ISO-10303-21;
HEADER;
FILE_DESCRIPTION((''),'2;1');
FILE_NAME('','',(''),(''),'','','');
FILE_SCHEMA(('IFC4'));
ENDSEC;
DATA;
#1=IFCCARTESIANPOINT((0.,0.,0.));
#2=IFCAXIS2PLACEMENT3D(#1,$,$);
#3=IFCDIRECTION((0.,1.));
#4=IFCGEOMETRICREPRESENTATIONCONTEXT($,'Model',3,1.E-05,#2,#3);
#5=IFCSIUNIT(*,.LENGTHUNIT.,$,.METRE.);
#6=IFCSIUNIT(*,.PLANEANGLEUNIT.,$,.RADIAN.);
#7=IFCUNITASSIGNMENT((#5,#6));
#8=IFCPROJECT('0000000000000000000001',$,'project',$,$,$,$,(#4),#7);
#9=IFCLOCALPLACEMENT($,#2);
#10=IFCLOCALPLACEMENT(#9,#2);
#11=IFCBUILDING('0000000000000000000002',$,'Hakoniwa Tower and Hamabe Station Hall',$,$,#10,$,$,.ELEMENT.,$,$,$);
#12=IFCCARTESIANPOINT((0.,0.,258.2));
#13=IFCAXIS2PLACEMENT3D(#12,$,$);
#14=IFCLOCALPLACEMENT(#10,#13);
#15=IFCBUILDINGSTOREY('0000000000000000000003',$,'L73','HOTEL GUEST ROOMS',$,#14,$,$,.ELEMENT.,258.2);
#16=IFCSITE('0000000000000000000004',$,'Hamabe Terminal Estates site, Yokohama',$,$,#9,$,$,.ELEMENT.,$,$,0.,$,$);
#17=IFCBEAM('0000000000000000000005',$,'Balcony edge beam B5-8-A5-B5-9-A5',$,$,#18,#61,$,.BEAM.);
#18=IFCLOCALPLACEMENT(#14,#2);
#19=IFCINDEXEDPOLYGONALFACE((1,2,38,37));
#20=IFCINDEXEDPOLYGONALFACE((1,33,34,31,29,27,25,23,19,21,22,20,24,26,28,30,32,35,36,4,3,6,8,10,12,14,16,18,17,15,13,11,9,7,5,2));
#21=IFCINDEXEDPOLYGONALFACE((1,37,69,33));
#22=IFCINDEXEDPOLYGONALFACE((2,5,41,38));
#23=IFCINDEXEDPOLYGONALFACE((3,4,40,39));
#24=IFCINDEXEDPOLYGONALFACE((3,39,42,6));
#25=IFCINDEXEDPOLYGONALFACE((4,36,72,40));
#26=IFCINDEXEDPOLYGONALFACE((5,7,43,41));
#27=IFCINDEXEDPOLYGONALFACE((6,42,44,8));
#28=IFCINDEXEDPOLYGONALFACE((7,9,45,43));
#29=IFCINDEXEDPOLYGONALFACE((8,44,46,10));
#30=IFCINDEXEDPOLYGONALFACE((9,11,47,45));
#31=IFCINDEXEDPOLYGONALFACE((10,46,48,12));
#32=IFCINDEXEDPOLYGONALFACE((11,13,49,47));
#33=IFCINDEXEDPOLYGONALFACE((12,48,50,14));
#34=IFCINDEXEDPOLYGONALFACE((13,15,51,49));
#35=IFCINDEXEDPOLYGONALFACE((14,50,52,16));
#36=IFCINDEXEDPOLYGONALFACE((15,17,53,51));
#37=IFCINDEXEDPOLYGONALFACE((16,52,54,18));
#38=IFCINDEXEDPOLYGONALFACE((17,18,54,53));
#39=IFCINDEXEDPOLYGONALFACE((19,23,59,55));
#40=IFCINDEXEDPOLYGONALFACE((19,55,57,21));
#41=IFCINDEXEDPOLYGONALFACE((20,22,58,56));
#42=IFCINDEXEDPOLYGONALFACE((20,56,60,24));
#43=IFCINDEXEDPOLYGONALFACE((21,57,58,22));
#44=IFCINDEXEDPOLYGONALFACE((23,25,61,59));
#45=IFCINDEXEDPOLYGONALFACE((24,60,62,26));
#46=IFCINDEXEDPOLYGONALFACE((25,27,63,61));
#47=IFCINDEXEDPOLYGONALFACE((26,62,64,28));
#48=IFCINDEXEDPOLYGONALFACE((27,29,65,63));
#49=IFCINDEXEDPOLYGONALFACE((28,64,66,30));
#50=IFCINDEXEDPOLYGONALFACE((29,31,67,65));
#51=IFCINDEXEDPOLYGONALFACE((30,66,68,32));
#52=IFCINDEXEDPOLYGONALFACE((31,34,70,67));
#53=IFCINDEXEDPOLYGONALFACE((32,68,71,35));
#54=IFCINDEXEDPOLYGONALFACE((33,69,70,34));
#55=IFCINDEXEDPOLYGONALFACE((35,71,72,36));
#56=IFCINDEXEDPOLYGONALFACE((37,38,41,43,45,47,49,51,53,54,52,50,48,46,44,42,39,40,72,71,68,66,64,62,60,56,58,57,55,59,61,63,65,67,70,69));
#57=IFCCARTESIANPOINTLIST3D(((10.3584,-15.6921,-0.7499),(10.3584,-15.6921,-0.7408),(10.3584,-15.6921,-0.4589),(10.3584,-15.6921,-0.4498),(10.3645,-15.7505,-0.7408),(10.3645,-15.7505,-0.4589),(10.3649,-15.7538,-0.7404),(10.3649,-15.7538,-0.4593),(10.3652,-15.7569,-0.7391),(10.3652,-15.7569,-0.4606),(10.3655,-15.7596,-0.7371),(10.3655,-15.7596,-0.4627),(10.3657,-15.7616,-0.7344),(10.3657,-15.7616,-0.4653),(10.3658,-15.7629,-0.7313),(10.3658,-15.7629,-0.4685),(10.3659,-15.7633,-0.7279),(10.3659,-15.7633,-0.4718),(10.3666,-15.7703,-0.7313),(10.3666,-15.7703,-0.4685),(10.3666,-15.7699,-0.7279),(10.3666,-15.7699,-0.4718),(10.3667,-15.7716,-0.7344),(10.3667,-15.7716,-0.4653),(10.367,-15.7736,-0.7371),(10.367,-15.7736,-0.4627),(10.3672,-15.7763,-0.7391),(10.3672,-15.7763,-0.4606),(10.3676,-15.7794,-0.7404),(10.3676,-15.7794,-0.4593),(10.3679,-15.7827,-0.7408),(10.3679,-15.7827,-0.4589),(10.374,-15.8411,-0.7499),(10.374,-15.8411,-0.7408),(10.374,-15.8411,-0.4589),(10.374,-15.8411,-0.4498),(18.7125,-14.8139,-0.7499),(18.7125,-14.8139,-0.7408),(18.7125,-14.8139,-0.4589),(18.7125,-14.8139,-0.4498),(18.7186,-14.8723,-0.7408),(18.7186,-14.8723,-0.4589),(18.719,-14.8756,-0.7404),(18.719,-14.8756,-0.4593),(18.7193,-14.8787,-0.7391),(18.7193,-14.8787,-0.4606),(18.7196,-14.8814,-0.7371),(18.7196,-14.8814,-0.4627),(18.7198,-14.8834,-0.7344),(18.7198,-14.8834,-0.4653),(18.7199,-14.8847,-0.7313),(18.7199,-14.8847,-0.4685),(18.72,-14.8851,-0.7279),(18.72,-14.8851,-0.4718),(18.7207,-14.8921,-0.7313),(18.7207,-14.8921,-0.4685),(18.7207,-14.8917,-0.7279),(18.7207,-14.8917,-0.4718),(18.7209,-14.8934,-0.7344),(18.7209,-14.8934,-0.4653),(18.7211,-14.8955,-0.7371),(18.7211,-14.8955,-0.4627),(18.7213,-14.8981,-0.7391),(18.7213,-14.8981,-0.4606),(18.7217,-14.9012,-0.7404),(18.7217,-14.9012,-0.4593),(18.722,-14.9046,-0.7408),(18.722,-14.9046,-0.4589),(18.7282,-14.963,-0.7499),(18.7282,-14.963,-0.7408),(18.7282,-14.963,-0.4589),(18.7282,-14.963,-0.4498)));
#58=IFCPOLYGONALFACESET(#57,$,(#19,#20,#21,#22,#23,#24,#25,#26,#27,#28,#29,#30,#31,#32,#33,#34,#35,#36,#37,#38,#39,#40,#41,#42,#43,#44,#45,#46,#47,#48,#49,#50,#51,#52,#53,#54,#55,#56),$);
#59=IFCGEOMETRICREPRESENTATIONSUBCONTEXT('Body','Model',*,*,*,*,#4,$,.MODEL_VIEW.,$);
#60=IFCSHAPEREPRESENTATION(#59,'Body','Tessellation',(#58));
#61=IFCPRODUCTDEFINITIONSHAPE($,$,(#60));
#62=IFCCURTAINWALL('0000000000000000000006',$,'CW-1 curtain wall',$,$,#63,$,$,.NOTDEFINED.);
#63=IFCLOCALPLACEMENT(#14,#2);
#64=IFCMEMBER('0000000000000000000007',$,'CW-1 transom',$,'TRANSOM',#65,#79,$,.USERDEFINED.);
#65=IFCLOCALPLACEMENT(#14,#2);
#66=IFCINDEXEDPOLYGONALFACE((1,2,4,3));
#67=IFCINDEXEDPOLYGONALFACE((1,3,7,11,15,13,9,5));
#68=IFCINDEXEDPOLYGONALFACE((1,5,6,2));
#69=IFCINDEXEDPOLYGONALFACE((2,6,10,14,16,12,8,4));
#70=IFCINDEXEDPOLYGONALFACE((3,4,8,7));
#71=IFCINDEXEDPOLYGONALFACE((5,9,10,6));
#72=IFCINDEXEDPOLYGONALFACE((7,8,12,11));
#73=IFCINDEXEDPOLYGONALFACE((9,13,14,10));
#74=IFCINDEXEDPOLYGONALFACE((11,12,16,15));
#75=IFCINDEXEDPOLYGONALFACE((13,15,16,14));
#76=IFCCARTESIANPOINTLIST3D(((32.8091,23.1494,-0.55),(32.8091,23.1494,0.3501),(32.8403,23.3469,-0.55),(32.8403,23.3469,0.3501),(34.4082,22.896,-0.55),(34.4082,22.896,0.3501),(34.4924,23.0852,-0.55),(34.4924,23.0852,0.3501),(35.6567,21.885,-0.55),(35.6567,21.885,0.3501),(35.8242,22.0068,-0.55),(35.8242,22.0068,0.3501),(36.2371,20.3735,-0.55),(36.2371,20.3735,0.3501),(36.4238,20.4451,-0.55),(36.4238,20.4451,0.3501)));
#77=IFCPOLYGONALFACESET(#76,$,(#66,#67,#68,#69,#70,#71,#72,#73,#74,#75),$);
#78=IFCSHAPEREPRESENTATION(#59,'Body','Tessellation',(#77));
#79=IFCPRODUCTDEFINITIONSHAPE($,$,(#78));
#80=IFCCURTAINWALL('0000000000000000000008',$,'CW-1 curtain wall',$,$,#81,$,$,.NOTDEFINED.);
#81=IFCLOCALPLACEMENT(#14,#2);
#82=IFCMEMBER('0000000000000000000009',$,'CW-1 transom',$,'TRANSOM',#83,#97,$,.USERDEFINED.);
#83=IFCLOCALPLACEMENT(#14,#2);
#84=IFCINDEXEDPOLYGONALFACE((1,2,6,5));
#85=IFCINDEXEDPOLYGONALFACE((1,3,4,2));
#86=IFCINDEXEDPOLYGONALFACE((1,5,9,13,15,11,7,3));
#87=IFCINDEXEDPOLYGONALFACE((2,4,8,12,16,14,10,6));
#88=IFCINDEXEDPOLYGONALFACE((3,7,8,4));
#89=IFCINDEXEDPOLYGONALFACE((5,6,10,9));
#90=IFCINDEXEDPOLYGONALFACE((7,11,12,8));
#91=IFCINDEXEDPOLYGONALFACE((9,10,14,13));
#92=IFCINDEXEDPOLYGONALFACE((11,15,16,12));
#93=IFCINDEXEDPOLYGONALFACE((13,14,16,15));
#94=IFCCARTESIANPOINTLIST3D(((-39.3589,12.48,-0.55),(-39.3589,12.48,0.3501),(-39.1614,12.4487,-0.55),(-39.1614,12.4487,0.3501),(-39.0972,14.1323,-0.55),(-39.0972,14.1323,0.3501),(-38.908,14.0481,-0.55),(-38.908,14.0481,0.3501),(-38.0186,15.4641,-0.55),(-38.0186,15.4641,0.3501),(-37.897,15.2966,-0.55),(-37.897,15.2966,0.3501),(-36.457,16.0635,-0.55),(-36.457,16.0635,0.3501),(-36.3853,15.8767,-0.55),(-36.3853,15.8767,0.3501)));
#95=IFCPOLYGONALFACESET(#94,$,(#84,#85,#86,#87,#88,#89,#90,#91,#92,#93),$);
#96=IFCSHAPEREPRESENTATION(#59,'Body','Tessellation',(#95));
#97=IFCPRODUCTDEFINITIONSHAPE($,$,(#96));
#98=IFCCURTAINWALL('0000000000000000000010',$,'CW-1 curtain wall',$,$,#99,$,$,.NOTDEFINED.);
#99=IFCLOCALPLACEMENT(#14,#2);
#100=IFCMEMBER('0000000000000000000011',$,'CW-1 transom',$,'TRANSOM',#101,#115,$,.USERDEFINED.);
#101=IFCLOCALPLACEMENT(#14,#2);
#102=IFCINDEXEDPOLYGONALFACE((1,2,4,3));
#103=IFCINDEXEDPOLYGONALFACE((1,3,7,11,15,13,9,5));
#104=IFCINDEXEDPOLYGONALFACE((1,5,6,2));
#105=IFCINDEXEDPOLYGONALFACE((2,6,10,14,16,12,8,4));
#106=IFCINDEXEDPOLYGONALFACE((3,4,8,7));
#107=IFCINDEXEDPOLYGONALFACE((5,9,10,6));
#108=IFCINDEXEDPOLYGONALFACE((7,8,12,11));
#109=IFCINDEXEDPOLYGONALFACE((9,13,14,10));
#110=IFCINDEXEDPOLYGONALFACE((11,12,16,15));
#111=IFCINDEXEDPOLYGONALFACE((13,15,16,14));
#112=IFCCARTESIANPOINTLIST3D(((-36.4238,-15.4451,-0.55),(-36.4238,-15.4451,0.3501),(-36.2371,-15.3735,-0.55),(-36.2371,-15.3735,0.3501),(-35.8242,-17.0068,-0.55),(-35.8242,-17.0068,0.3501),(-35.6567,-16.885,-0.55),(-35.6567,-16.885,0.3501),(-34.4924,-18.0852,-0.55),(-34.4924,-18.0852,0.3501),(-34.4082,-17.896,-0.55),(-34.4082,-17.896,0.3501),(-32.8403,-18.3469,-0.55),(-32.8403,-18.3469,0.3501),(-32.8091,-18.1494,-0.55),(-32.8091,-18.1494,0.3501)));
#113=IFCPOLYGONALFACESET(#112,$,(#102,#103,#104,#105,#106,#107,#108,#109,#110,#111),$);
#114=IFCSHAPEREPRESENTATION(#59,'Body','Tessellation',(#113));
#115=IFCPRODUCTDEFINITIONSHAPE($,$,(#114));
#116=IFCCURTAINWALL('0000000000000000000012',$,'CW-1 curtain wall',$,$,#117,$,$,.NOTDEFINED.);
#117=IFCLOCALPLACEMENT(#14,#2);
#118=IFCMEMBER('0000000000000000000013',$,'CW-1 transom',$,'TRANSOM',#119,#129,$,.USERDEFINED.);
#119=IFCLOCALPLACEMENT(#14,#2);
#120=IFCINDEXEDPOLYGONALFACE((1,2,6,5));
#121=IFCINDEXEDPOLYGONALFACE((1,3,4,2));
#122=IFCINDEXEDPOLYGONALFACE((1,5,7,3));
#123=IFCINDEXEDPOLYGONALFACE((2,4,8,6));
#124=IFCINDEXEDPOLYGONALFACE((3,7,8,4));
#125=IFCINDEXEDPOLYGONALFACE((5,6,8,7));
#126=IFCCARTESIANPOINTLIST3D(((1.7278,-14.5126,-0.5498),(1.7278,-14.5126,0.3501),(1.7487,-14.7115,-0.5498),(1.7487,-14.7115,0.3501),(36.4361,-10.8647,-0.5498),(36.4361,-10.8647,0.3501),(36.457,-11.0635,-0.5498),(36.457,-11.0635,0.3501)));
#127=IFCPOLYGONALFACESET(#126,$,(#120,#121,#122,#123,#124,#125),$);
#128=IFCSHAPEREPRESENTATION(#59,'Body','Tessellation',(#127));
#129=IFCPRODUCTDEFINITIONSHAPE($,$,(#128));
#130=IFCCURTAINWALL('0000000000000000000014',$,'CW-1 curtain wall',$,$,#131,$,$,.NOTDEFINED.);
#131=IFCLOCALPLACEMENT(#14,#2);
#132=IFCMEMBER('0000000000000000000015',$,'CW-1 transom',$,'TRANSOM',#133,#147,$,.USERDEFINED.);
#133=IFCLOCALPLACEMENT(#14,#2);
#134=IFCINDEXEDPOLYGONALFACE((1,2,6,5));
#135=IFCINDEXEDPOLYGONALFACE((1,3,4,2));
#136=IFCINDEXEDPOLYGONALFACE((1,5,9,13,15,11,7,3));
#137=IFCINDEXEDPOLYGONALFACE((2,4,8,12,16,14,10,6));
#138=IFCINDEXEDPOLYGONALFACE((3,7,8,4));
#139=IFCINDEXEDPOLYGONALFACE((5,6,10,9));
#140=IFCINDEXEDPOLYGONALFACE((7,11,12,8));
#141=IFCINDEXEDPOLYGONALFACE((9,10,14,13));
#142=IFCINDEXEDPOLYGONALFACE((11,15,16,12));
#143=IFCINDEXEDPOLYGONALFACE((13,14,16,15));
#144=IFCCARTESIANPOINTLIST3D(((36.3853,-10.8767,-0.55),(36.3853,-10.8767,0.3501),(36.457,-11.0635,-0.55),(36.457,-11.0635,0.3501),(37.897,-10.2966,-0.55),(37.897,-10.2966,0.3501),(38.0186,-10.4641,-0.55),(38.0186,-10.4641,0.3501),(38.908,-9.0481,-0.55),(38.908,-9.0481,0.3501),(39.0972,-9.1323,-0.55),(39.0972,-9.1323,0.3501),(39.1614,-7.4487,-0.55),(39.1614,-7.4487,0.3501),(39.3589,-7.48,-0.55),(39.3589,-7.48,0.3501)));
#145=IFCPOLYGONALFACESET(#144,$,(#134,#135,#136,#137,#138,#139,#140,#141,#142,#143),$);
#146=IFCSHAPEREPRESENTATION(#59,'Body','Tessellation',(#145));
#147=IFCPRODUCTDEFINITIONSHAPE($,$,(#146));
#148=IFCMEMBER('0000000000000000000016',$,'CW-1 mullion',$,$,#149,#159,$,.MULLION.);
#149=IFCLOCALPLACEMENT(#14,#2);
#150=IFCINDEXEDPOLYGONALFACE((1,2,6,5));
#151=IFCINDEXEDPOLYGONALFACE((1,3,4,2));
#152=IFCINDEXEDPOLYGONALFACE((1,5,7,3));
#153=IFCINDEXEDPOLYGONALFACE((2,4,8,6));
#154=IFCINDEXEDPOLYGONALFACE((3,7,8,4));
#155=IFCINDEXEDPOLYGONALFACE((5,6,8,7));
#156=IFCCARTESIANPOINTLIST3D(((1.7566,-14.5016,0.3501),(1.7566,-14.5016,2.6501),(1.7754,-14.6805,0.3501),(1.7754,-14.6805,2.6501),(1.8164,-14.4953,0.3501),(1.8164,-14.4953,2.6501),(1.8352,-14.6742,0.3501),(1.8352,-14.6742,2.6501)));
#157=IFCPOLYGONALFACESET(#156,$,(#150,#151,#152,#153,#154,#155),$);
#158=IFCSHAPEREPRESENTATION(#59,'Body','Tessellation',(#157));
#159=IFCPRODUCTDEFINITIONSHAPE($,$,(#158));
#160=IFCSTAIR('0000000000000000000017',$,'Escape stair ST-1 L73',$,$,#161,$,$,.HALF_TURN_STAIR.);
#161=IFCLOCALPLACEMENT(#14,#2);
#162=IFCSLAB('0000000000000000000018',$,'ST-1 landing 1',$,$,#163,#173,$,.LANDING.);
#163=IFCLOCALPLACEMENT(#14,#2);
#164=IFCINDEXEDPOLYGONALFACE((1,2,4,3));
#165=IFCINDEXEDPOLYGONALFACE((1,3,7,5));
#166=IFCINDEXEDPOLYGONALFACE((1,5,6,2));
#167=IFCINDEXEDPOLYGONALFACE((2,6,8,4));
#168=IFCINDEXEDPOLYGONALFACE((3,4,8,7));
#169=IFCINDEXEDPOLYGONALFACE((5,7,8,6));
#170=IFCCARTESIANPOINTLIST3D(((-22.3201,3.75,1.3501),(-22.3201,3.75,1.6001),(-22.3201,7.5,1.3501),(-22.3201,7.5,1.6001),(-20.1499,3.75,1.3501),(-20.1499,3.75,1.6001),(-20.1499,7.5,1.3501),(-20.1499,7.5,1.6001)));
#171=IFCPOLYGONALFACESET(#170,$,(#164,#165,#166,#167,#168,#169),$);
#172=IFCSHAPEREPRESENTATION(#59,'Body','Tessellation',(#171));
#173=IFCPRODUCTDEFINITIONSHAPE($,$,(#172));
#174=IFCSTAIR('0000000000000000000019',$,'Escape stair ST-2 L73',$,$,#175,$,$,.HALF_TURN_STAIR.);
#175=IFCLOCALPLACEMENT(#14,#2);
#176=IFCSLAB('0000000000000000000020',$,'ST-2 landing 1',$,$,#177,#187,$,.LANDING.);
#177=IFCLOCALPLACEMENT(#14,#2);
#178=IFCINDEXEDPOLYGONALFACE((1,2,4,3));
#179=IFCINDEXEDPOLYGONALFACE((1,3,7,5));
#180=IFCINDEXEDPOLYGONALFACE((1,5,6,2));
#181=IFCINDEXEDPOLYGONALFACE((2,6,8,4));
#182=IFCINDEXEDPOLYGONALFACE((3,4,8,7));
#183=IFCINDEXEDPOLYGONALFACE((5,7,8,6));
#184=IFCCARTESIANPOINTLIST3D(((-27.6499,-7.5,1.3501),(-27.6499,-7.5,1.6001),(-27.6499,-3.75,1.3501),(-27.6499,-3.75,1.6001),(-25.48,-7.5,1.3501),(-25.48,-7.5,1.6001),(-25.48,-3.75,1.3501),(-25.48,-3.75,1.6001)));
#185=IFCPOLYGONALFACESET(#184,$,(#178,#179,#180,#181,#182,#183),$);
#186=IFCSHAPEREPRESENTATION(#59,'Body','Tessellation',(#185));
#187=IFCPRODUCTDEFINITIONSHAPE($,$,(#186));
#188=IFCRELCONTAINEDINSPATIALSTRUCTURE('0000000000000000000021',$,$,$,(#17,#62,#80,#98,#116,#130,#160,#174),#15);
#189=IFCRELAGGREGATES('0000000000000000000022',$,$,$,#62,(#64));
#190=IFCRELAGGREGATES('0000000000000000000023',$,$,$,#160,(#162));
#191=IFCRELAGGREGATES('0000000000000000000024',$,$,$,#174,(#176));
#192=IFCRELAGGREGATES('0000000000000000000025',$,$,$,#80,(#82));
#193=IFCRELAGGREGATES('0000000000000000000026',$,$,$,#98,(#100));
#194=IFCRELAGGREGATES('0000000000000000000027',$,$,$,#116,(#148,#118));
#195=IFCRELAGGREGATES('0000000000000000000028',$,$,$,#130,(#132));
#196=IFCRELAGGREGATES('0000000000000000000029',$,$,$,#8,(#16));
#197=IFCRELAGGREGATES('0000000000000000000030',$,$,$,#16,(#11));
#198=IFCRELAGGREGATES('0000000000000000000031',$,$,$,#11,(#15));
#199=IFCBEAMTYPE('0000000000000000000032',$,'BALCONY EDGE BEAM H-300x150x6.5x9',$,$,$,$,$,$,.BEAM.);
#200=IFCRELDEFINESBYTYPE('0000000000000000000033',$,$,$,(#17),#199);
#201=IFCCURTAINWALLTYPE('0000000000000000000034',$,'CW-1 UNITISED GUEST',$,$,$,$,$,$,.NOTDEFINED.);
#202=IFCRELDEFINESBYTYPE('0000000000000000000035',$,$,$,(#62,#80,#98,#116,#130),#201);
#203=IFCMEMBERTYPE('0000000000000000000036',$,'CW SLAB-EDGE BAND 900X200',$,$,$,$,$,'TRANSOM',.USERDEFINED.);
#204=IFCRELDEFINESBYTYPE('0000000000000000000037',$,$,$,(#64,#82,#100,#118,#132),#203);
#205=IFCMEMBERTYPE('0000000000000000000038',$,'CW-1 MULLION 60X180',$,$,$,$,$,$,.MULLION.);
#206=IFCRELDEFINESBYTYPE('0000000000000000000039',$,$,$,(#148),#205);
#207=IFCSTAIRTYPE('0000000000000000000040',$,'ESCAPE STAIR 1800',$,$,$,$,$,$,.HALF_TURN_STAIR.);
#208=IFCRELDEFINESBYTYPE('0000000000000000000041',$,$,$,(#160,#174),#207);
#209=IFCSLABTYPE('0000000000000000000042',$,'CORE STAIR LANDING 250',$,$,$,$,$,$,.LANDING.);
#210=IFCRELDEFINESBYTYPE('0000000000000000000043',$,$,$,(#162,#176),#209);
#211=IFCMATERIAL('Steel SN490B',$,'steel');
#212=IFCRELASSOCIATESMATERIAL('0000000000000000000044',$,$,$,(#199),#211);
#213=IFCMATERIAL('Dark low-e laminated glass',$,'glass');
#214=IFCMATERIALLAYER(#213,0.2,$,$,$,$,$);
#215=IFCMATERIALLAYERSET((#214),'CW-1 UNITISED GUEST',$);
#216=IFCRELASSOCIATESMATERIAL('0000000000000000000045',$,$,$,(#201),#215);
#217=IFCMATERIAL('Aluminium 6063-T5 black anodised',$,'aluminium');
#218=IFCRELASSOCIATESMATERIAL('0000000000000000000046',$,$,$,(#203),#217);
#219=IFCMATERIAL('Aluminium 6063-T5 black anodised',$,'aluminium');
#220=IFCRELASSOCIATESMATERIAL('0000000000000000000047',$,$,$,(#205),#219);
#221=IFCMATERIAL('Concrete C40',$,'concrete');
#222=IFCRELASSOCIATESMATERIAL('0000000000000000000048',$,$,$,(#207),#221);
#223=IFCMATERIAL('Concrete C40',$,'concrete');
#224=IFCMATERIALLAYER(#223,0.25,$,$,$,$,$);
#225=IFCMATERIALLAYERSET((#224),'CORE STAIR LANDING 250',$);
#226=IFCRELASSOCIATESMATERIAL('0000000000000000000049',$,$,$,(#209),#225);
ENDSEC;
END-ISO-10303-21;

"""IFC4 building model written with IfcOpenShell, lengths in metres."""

from ifc_helpers import new_model, si_unit, direction, frame, origin, origin_2d, place, context, subcontext, project, spatial, polyline, rectangle, i_section, outline, extrude, material, layer, layer_set, material_profile, profile_set, type_object, element, aggregate, save


model = new_model("IFC4")

# Units and contexts
model_context = context("Model", 3, precision=1e-05, world=origin(), true_north=direction((0.0, 1.0)))
body_context = subcontext(model_context, "Body", "Model", "MODEL_VIEW")
ifc_project = project(units=[si_unit("LENGTHUNIT", "METRE"), si_unit("PLANEANGLEUNIT", "RADIAN")], contexts=[model_context])

# Site, building, storey
site_placement = place(None, origin())
site = spatial("IfcSite", under=ifc_project, at=site_placement, Name="Hamabe Terminal Estates site, Yokohama", CompositionType="ELEMENT", RefElevation=0.0)
building_placement = place(site_placement, origin())
building = spatial("IfcBuilding", under=site, at=building_placement, Name="Hakoniwa Tower and Hamabe Station Hall", CompositionType="ELEMENT")
storey_placement = place(building_placement, frame((0.0, 0.0, 258.2)))
storey = spatial("IfcBuildingStorey", under=building, at=storey_placement, Name="L73", Description="HOTEL GUEST ROOMS", CompositionType="ELEMENT", Elevation=258.2)

# Beam
ifc_material_1 = material(Name="Steel SN490B", Category="steel")
ifc_material_profile_1 = material_profile(ifc_material_1, i_section(OverallWidth=0.1499, OverallDepth=0.3, WebThickness=0.0066, FlangeThickness=0.009, FilletRadius=0.0129, at=origin_2d()), Name="H-300x150x6.5x9")
ifc_profile_set_1 = profile_set([ifc_material_profile_1], Name="Steel SN490B")
beam_type_1 = type_object("IfcBeamType", Name="BALCONY EDGE BEAM H-300x150x6.5x9", PredefinedType="BEAM", material=ifc_profile_set_1)
beam_1_placement = place(storey_placement, frame((10.3662, -15.7666, -0.5999), z_axis=(0.99452, 0.104544, 0.0), x_axis=(-0.104544, 0.99452, 0.0)))
element("IfcBeam", 1, at=beam_1_placement, inside=storey, type_object=beam_type_1, Name="Balcony edge beam B5-8-A5-B5-9-A5", PredefinedType="BEAM", context=body_context, shape_type="SweptSolid", body=[
    extrude(i_section(OverallWidth=0.1499, OverallDepth=0.3, WebThickness=0.0066, FlangeThickness=0.009, FilletRadius=0.0129, at=origin_2d()), origin(), (0.0, 0.0, 1.0), 8.4001),
])

# Curtain walls, members
ifc_material_2 = material(Name="Dark low-e laminated glass", Category="glass")
ifc_layer_1 = layer(ifc_material_2, 0.2)
ifc_layer_set_1 = layer_set([ifc_layer_1], Name="CW-1 UNITISED GUEST")
curtain_wall_type = type_object("IfcCurtainWallType", Name="CW-1 UNITISED GUEST", PredefinedType="NOTDEFINED", material=ifc_layer_set_1)
curtain_wall_1_placement = place(storey_placement, origin())
curtain_wall_1 = element("IfcCurtainWall", 2, at=curtain_wall_1_placement, inside=storey, type_object=curtain_wall_type, Name="CW-1 curtain wall", PredefinedType="NOTDEFINED")
ifc_material_3 = material(Name="Aluminium 6063-T5 black anodised", Category="aluminium")
ifc_material_profile_2 = material_profile(ifc_material_3, rectangle(XDim=0.2, YDim=0.8999, at=origin_2d()), Name="CW SLAB-EDGE BAND 900X200")
ifc_profile_set_2 = profile_set([ifc_material_profile_2], Name="Aluminium 6063-T5 black anodised")
member_type_1 = type_object("IfcMemberType", Name="CW SLAB-EDGE BAND 900X200", ElementType="TRANSOM", PredefinedType="USERDEFINED", material=ifc_profile_set_2)
member_1_placement = place(storey_placement, frame((0.0, 0.0, -0.55)))
member_1 = element("IfcMember", 3, at=member_1_placement, type_object=member_type_1, Name="CW-1 transom", ObjectType="TRANSOM", PredefinedType="USERDEFINED", context=body_context, shape_type="SweptSolid", body=[
    extrude(outline(polyline([(36.4238, 20.4451), (35.8242, 22.0068), (34.4924, 23.0852), (32.8403, 23.3469), (32.8091, 23.1494), (34.4082, 22.896), (35.6567, 21.885), (36.2371, 20.3735), (36.4238, 20.4451)])), origin(), (0.0, 0.0, 1.0), 0.9001),
])
aggregate(curtain_wall_1, [member_1])
curtain_wall_2_placement = place(storey_placement, origin())
curtain_wall_2 = element("IfcCurtainWall", 4, at=curtain_wall_2_placement, inside=storey, type_object=curtain_wall_type, Name="CW-1 curtain wall", PredefinedType="NOTDEFINED")
member_2_placement = place(storey_placement, frame((0.0, 0.0, -0.55)))
member_2 = element("IfcMember", 5, at=member_2_placement, type_object=member_type_1, Name="CW-1 transom", ObjectType="TRANSOM", PredefinedType="USERDEFINED", context=body_context, shape_type="SweptSolid", body=[
    extrude(outline(polyline([(-36.457, 16.0635), (-38.0186, 15.4641), (-39.0972, 14.1323), (-39.3589, 12.48), (-39.1614, 12.4487), (-38.908, 14.0481), (-37.897, 15.2966), (-36.3853, 15.8767), (-36.457, 16.0635)])), origin(), (0.0, 0.0, 1.0), 0.9001),
])
curtain_wall_3_placement = place(storey_placement, origin())
curtain_wall_3 = element("IfcCurtainWall", 6, at=curtain_wall_3_placement, inside=storey, type_object=curtain_wall_type, Name="CW-1 curtain wall", PredefinedType="NOTDEFINED")
member_3_placement = place(storey_placement, frame((0.0, 0.0, -0.55)))
member_3 = element("IfcMember", 7, at=member_3_placement, type_object=member_type_1, Name="CW-1 transom", ObjectType="TRANSOM", PredefinedType="USERDEFINED", context=body_context, shape_type="SweptSolid", body=[
    extrude(outline(polyline([(-36.4238, -15.4451), (-35.8242, -17.0068), (-34.4924, -18.0852), (-32.8403, -18.3469), (-32.8091, -18.1494), (-34.4082, -17.896), (-35.6567, -16.885), (-36.2371, -15.3735), (-36.4238, -15.4451)])), origin(), (0.0, 0.0, 1.0), 0.9001),
])
curtain_wall_4_placement = place(storey_placement, origin())
curtain_wall_4 = element("IfcCurtainWall", 8, at=curtain_wall_4_placement, inside=storey, type_object=curtain_wall_type, Name="CW-1 curtain wall", PredefinedType="NOTDEFINED")
member_4_placement = place(storey_placement, frame((1.7383, -14.6121, -0.0999), z_axis=(0.994522, 0.104527, 0.0), x_axis=(-0.104527, 0.994522, 0.0)))
member_4 = element("IfcMember", 9, at=member_4_placement, type_object=member_type_1, Name="CW-1 transom", ObjectType="TRANSOM", PredefinedType="USERDEFINED", context=body_context, shape_type="SweptSolid", body=[
    extrude(rectangle(XDim=0.2, YDim=0.8999, at=origin_2d()), origin(), (0.0, 0.0, 1.0), 34.8994),
])
curtain_wall_5_placement = place(storey_placement, origin())
curtain_wall_5 = element("IfcCurtainWall", 10, at=curtain_wall_5_placement, inside=storey, type_object=curtain_wall_type, Name="CW-1 curtain wall", PredefinedType="NOTDEFINED")
member_5_placement = place(storey_placement, frame((0.0, 0.0, -0.55)))
member_5 = element("IfcMember", 11, at=member_5_placement, type_object=member_type_1, Name="CW-1 transom", ObjectType="TRANSOM", PredefinedType="USERDEFINED", context=body_context, shape_type="SweptSolid", body=[
    extrude(outline(polyline([(36.457, -11.0635), (38.0186, -10.4641), (39.0972, -9.1323), (39.3589, -7.48), (39.1614, -7.4487), (38.908, -9.0481), (37.897, -10.2966), (36.3853, -10.8767), (36.457, -11.0635)])), origin(), (0.0, 0.0, 1.0), 0.9001),
])

# Member
ifc_material_4 = material(Name="Aluminium 6063-T5 black anodised", Category="aluminium")
ifc_material_profile_3 = material_profile(ifc_material_4, rectangle(XDim=0.0601, YDim=0.1799, at=origin_2d()), Name="CW-1 MULLION 60X180")
ifc_profile_set_3 = profile_set([ifc_material_profile_3], Name="Aluminium 6063-T5 black anodised")
member_type_2 = type_object("IfcMemberType", Name="CW-1 MULLION 60X180", PredefinedType="MULLION", material=ifc_profile_set_3)
member_6_placement = place(storey_placement, frame((1.7959, -14.5879, 0.3501), z_axis=(0.0, 0.0, 1.0), x_axis=(0.994522, 0.104528, 0.0)))
member_6 = element("IfcMember", 12, at=member_6_placement, type_object=member_type_2, Name="CW-1 mullion", PredefinedType="MULLION", context=body_context, shape_type="SweptSolid", body=[
    extrude(rectangle(XDim=0.0601, YDim=0.1799, at=origin_2d()), origin(), (0.0, 0.0, 1.0), 2.3),
])

# Stairs, slabs
ifc_material_5 = material(Name="Concrete C40", Category="concrete")
stair_type = type_object("IfcStairType", Name="ESCAPE STAIR 1800", PredefinedType="HALF_TURN_STAIR", material=ifc_material_5)
stair_1_placement = place(storey_placement, origin())
stair_1 = element("IfcStair", 13, at=stair_1_placement, inside=storey, type_object=stair_type, Name="Escape stair ST-1 L73", PredefinedType="HALF_TURN_STAIR")
ifc_material_6 = material(Name="Concrete C40", Category="concrete")
ifc_layer_2 = layer(ifc_material_6, 0.25)
ifc_layer_set_2 = layer_set([ifc_layer_2], Name="CORE STAIR LANDING 250")
slab_type = type_object("IfcSlabType", Name="CORE STAIR LANDING 250", PredefinedType="LANDING", material=ifc_layer_set_2)
slab_1_placement = place(storey_placement, frame((0.0, 0.0, 1.3501)))
slab_1 = element("IfcSlab", 14, at=slab_1_placement, type_object=slab_type, Name="ST-1 landing 1", PredefinedType="LANDING", context=body_context, shape_type="SweptSolid", body=[
    extrude(outline(polyline([(-22.3201, 3.75), (-20.1499, 3.75), (-20.1499, 7.5), (-22.3201, 7.5), (-22.3201, 3.75)])), origin(), (0.0, 0.0, 1.0), 0.25),
])
aggregate(stair_1, [slab_1])
stair_2_placement = place(storey_placement, origin())
stair_2 = element("IfcStair", 15, at=stair_2_placement, inside=storey, type_object=stair_type, Name="Escape stair ST-2 L73", PredefinedType="HALF_TURN_STAIR")
slab_2_placement = place(storey_placement, frame((0.0, 0.0, 1.3501)))
slab_2 = element("IfcSlab", 16, at=slab_2_placement, type_object=slab_type, Name="ST-2 landing 1", PredefinedType="LANDING", context=body_context, shape_type="SweptSolid", body=[
    extrude(outline(polyline([(-25.48, -7.5), (-27.6499, -7.5), (-27.6499, -3.75), (-25.48, -3.75), (-25.48, -7.5)])), origin(), (0.0, 0.0, 1.0), 0.25),
])
aggregate(stair_2, [slab_2])

aggregate(curtain_wall_2, [member_2])
aggregate(curtain_wall_3, [member_3])
aggregate(curtain_wall_4, [member_6, member_4])
aggregate(curtain_wall_5, [member_5])

save(model, "model.ifc")
